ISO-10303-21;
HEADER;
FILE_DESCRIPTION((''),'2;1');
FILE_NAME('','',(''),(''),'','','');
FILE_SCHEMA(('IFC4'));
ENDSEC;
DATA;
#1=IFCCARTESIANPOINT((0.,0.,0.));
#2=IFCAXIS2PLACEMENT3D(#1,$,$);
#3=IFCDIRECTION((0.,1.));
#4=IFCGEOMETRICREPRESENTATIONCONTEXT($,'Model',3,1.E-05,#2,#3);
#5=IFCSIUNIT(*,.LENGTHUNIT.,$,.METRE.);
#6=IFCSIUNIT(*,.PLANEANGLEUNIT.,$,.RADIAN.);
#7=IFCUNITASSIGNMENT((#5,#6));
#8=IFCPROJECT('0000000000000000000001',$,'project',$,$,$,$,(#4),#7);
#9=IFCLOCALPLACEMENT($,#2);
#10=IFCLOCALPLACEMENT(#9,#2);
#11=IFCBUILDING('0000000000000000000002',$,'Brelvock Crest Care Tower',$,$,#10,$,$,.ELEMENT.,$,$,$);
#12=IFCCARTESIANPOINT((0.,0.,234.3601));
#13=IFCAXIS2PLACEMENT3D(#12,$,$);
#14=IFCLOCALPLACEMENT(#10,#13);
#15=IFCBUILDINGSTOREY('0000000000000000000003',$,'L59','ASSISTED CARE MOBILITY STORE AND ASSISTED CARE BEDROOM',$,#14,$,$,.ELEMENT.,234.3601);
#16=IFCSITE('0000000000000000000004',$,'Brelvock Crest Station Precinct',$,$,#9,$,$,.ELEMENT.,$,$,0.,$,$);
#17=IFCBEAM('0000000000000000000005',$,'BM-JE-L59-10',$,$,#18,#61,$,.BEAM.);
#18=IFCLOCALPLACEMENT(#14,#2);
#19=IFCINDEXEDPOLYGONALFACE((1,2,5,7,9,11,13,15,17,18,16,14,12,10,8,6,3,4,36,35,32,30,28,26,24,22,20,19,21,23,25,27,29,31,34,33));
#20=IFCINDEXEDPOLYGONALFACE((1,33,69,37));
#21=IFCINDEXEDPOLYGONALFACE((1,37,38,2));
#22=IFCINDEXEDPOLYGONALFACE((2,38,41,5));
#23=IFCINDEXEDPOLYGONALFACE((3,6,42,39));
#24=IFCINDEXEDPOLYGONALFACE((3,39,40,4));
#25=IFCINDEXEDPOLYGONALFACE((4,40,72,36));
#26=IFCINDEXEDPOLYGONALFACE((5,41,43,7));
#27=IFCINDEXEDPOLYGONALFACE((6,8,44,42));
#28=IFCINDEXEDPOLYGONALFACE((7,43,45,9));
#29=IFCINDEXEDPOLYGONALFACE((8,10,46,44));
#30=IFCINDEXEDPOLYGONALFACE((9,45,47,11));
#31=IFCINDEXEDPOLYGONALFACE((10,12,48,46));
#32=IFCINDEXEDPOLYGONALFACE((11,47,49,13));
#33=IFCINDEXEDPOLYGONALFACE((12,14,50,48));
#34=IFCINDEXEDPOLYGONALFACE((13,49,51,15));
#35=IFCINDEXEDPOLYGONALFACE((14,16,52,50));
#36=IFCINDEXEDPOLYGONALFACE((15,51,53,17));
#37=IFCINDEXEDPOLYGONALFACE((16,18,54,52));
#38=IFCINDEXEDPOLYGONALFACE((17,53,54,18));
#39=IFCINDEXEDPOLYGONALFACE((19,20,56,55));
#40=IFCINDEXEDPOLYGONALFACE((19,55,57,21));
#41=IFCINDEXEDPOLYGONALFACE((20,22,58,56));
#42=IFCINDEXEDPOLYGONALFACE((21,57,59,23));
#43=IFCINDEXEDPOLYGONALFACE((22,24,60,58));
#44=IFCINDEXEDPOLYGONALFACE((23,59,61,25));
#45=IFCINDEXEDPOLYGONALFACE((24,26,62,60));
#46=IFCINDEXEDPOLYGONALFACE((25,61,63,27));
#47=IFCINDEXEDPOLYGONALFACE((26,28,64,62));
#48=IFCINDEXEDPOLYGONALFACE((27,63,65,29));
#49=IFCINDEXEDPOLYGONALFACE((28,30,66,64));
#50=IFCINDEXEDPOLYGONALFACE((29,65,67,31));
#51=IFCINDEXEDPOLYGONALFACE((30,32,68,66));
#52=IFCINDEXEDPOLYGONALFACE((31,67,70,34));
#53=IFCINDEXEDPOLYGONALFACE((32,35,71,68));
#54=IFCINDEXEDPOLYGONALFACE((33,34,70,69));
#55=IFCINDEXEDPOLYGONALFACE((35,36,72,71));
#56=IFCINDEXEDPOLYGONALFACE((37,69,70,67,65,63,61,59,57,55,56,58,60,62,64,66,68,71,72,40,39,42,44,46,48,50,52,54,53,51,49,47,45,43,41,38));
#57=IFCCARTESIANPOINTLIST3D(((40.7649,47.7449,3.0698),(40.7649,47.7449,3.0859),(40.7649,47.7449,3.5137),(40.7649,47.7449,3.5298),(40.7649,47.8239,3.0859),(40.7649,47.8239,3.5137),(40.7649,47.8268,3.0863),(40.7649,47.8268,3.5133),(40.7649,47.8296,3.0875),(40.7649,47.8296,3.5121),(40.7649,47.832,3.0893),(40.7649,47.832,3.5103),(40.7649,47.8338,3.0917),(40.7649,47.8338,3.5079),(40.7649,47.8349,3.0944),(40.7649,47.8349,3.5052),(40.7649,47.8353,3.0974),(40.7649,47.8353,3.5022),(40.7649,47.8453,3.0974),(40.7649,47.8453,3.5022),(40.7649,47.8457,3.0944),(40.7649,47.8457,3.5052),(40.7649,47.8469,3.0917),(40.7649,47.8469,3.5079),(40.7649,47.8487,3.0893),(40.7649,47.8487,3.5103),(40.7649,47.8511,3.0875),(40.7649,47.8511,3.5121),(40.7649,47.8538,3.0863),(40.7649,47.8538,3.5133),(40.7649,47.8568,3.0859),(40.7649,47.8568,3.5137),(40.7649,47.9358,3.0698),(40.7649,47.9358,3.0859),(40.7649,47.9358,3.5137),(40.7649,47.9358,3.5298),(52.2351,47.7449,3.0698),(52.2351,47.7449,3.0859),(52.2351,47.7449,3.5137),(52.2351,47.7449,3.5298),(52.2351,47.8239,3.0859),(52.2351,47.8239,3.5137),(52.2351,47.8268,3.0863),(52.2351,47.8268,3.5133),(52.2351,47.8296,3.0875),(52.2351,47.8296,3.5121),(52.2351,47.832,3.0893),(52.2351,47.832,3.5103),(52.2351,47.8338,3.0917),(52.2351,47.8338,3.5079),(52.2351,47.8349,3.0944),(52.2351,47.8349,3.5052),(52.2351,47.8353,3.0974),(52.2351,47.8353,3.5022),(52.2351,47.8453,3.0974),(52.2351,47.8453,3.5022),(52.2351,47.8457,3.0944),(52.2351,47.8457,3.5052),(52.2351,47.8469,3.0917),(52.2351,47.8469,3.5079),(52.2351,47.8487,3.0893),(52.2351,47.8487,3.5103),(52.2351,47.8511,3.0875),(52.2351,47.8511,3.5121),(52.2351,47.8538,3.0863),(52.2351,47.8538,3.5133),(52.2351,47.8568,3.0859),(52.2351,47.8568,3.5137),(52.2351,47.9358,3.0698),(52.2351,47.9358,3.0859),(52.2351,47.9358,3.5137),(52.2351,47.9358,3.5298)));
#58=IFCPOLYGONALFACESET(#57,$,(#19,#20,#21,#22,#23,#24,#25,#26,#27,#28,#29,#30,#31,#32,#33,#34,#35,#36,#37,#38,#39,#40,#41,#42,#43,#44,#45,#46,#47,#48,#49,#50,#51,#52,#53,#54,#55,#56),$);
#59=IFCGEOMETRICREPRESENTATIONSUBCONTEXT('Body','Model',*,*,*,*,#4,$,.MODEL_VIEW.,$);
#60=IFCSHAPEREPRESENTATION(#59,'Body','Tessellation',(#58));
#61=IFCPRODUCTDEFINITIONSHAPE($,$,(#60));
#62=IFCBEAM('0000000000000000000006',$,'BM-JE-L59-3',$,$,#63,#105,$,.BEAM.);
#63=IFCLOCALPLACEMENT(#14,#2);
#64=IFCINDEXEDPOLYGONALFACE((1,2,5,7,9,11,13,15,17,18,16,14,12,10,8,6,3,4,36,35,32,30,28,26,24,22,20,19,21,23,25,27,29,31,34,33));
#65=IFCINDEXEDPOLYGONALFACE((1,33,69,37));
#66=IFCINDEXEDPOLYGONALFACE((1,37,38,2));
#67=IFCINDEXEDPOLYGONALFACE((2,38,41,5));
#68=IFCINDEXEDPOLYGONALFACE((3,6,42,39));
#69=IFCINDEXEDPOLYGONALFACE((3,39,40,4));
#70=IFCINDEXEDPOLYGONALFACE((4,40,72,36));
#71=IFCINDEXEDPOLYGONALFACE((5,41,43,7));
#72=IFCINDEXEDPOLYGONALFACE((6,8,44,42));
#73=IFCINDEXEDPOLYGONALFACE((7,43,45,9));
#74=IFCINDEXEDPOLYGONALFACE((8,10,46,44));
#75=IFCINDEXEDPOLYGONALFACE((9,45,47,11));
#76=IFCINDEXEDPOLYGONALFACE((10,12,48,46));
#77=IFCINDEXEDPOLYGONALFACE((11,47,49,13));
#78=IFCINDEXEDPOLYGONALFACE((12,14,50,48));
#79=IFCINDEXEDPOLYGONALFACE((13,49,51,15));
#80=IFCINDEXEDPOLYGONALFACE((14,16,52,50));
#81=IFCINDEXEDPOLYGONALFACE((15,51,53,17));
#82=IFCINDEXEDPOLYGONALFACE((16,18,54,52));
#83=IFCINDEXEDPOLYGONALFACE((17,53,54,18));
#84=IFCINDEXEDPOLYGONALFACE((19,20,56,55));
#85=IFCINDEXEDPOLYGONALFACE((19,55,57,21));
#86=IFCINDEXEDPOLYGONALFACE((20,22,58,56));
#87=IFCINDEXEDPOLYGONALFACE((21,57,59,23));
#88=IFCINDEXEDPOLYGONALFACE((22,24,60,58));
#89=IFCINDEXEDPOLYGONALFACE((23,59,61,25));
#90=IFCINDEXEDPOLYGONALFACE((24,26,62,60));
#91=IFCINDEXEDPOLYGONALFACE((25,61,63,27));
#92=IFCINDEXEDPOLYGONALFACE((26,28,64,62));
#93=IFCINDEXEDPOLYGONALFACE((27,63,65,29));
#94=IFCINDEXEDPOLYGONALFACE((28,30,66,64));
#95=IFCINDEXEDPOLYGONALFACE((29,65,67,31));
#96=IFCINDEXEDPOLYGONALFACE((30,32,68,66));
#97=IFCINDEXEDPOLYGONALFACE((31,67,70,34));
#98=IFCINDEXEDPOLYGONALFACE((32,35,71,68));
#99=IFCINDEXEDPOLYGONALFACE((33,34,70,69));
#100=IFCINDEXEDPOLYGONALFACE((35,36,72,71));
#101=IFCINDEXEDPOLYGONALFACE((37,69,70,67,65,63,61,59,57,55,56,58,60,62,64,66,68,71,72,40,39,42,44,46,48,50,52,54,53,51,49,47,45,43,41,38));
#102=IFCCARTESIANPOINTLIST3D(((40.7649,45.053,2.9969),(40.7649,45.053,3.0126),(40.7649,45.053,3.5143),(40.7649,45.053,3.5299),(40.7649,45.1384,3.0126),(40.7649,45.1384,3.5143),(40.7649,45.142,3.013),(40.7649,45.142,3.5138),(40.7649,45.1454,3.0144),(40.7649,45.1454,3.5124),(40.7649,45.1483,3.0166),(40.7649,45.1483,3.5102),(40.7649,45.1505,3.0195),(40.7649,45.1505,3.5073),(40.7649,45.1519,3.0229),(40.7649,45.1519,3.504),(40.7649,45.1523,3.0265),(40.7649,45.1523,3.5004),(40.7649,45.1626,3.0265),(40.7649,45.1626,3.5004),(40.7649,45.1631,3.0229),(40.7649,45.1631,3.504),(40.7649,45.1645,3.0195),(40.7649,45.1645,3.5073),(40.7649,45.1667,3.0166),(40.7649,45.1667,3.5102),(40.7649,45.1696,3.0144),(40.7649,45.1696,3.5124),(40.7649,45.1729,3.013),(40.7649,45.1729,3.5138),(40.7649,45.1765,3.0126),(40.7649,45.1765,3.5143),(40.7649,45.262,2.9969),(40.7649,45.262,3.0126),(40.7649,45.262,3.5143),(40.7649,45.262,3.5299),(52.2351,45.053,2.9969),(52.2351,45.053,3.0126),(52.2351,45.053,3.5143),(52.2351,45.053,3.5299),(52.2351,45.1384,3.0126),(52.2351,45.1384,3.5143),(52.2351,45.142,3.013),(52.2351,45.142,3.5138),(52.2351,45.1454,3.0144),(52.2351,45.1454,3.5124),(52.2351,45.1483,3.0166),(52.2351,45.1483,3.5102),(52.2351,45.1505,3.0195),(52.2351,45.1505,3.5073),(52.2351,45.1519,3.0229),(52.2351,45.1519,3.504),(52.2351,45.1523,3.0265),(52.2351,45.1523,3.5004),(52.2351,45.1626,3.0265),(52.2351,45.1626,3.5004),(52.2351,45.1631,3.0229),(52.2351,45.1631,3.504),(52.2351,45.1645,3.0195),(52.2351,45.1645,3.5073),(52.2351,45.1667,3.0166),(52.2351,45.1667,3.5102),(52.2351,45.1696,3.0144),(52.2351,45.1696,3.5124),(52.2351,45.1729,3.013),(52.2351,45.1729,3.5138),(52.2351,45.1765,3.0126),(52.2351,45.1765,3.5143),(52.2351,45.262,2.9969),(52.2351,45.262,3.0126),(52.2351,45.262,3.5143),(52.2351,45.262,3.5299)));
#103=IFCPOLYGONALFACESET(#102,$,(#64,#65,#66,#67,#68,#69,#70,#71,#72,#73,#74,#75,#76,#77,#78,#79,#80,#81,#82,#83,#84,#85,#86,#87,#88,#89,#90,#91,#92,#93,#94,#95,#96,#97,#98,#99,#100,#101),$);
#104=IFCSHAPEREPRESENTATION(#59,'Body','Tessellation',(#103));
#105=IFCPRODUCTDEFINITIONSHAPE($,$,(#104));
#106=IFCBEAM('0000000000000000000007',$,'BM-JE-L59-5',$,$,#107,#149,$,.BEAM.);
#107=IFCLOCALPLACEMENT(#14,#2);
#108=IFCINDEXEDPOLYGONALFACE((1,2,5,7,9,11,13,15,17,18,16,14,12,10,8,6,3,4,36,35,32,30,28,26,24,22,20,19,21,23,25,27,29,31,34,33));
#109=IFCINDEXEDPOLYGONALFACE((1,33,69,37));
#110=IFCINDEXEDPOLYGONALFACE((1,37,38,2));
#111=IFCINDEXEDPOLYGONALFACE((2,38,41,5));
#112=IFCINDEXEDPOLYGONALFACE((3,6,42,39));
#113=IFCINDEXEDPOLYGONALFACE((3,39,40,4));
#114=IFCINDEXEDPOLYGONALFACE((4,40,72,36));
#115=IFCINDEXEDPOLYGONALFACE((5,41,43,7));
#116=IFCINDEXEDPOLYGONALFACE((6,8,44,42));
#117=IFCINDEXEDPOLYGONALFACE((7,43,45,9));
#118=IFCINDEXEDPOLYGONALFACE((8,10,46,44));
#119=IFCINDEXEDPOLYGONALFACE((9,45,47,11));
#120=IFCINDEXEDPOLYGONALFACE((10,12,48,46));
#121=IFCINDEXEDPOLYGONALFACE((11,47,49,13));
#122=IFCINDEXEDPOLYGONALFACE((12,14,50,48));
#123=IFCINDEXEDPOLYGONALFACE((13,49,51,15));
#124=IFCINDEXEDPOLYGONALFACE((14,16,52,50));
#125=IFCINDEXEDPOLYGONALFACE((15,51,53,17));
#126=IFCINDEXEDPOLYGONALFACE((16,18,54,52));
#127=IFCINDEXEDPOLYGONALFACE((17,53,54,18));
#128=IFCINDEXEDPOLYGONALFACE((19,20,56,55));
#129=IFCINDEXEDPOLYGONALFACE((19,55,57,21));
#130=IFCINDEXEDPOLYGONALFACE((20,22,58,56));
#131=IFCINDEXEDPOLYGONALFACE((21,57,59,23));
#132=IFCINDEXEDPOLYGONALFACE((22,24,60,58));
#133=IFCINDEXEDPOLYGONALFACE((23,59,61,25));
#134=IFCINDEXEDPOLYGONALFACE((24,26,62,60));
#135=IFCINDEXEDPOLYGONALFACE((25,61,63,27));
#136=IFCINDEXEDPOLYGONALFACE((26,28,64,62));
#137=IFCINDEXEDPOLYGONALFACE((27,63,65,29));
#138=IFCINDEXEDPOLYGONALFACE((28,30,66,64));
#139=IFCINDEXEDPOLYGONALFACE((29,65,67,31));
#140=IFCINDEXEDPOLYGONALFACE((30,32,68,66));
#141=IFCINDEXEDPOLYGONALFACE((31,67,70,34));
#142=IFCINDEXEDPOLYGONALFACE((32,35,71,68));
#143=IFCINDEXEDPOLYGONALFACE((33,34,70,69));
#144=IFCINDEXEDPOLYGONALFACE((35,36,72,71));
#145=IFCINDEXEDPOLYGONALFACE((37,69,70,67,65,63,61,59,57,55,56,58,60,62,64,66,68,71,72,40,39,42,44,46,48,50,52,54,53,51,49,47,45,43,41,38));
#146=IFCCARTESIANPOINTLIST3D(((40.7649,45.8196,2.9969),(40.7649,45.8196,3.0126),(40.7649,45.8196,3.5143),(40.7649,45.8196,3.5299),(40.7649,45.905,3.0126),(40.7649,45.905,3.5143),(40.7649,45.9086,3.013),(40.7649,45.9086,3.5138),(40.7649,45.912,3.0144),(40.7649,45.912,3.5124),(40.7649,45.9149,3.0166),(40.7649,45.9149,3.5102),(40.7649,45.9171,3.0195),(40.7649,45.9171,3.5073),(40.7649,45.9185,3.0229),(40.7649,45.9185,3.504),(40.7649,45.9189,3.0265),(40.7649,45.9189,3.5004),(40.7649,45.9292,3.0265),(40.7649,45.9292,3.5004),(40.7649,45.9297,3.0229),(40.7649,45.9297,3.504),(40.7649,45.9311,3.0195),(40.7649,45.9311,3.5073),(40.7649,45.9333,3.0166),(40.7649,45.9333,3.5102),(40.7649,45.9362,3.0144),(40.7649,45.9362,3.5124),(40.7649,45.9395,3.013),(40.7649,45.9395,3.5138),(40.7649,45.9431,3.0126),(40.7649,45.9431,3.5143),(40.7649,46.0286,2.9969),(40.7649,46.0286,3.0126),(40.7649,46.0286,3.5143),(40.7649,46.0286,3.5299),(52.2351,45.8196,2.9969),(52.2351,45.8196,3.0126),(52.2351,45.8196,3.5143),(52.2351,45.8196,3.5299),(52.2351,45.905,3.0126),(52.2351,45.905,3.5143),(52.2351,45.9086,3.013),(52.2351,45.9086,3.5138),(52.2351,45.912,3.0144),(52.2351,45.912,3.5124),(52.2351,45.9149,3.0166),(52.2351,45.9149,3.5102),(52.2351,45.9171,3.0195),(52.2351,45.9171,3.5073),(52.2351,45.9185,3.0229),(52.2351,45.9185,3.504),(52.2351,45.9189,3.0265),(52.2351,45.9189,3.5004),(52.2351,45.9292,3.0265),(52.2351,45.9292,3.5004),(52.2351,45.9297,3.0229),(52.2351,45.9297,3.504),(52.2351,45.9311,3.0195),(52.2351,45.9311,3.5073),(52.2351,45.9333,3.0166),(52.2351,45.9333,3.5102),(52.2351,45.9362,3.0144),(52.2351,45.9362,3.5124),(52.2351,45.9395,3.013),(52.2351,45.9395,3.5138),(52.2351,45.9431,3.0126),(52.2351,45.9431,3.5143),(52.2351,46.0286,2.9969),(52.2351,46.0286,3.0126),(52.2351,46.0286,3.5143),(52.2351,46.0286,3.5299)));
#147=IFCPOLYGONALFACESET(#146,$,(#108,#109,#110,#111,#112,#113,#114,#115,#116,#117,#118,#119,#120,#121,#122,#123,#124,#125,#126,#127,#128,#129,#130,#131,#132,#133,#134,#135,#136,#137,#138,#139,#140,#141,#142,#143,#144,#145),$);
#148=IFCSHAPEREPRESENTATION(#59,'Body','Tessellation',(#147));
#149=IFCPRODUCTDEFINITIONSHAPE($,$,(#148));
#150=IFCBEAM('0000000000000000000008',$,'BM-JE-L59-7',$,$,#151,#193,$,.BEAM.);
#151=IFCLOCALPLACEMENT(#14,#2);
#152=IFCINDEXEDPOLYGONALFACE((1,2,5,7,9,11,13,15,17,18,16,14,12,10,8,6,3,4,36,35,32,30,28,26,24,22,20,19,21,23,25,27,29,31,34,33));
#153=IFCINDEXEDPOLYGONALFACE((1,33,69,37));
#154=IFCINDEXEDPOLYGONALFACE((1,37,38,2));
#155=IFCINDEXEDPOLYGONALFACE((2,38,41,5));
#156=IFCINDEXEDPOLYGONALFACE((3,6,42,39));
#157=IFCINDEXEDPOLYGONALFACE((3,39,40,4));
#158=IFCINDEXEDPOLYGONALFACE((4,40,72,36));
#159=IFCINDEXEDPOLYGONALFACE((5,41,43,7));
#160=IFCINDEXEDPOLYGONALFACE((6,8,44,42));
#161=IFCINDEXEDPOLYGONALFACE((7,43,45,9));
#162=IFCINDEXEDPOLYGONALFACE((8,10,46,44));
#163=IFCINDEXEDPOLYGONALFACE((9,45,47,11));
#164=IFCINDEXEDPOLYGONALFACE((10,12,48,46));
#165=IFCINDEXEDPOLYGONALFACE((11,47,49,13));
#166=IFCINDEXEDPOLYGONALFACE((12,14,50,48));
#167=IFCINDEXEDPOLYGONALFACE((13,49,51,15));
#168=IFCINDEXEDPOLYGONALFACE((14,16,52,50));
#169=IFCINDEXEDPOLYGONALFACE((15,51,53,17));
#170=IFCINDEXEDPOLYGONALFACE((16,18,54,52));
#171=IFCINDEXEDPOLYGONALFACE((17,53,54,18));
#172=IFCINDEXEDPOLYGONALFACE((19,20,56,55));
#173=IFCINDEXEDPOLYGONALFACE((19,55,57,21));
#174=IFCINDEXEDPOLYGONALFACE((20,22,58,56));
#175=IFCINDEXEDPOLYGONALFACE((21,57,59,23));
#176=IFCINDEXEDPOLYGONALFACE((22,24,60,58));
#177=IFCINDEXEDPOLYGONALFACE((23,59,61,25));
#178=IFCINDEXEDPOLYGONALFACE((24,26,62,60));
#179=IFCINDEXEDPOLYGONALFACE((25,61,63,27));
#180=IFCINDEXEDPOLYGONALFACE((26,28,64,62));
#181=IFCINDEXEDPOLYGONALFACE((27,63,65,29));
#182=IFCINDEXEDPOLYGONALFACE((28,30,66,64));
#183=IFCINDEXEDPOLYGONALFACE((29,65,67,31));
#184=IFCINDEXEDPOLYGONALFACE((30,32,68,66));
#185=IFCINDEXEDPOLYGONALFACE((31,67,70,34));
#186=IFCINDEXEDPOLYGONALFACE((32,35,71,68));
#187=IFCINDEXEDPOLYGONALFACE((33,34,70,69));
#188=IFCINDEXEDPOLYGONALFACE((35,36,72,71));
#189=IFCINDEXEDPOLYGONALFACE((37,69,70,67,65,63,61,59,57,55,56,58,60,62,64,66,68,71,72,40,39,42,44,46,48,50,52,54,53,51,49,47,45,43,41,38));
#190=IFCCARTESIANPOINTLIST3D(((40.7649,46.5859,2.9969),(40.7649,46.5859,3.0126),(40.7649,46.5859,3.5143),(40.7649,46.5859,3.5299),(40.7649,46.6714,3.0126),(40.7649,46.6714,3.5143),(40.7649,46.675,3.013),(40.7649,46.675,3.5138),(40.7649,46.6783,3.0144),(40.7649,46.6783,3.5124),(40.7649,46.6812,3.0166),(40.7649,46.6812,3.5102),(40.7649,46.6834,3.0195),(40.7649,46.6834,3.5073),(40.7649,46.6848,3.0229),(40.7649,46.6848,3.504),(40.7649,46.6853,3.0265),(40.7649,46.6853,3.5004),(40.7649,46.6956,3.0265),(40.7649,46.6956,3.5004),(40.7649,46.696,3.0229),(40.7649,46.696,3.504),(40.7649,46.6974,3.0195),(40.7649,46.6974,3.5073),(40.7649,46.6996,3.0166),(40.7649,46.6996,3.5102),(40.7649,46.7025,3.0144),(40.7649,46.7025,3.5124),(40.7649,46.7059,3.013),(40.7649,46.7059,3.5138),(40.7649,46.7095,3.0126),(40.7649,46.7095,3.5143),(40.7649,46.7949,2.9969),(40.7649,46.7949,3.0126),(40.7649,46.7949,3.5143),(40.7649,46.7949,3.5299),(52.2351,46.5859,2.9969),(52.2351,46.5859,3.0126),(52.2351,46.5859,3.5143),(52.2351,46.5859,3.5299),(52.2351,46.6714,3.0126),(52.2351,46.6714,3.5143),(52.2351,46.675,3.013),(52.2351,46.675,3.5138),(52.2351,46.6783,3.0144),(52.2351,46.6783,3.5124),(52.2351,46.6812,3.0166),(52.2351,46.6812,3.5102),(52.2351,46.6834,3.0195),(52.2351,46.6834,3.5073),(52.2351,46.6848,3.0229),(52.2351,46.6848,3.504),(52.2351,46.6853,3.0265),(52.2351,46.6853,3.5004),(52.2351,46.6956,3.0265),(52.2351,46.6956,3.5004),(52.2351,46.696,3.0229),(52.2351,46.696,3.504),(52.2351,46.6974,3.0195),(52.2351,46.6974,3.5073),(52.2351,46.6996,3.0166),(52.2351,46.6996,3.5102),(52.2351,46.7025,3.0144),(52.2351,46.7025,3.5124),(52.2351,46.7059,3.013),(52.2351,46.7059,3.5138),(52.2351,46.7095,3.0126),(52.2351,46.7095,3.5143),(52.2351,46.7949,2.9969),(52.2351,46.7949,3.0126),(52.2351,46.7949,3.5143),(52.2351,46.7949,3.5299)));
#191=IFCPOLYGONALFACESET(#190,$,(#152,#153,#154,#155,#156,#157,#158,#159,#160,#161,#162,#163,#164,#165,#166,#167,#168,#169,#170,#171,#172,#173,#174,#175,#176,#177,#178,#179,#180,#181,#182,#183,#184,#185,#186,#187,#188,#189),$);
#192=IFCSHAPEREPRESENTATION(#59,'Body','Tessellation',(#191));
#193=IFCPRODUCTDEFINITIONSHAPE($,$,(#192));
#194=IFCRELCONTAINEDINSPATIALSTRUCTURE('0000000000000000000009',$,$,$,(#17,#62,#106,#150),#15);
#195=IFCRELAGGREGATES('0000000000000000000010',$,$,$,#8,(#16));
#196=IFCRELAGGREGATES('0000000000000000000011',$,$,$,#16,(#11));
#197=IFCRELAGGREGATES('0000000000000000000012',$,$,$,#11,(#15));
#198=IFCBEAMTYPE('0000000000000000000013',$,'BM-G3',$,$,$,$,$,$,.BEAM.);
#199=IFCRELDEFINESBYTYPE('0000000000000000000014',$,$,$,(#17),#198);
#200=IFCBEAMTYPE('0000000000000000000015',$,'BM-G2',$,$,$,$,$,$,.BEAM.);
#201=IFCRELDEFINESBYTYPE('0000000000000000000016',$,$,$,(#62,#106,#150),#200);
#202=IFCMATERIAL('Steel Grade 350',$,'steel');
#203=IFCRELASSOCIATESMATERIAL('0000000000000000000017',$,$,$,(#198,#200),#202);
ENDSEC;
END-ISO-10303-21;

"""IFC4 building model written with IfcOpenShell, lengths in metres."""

from ifc_helpers import new_model, si_unit, direction, frame, origin, origin_2d, place, context, subcontext, project, spatial, i_section, extrude, source, transform, mapped, material, material_profile, profile_set, type_object, element, save


model = new_model("IFC4")

# Units and contexts
model_context = context("Model", 3, precision=1e-05, world=origin(), true_north=direction((0.0, 1.0)))
body_context = subcontext(model_context, "Body", "Model", "MODEL_VIEW")
ifc_project = project(units=[si_unit("LENGTHUNIT", "METRE"), si_unit("PLANEANGLEUNIT", "RADIAN")], contexts=[model_context])

# Site, building, storey
site_placement = place(None, origin())
site = spatial("IfcSite", under=ifc_project, at=site_placement, Name="Brelvock Crest Station Precinct", CompositionType="ELEMENT", RefElevation=0.0)
building_placement = place(site_placement, origin())
building = spatial("IfcBuilding", under=site, at=building_placement, Name="Brelvock Crest Care Tower", CompositionType="ELEMENT")
storey_placement = place(building_placement, frame((0.0, 0.0, 234.3601)))
storey = spatial("IfcBuildingStorey", under=building, at=storey_placement, Name="L59", Description="ASSISTED CARE MOBILITY STORE AND ASSISTED CARE BEDROOM", CompositionType="ELEMENT", Elevation=234.3601)

# Beams
ifc_material_1 = material(Name="Steel Grade 350", Category="steel")
ifc_material_profile_1 = material_profile(ifc_material_1, i_section(OverallWidth=0.1909, OverallDepth=0.46, WebThickness=0.01, FlangeThickness=0.0161, FilletRadius=0.0115, at=origin_2d()), Name="460UB82.1")
ifc_profile_set_1 = profile_set([ifc_material_profile_1], Name="Steel Grade 350")
beam_type_1 = type_object("IfcBeamType", Name="BM-G3", PredefinedType="BEAM", material=ifc_profile_set_1)
shared_shape_1 = source(origin(), body_context, "Body", "SweptSolid", [
    extrude(i_section(OverallWidth=0.1909, OverallDepth=0.46, WebThickness=0.01, FlangeThickness=0.0161, FilletRadius=0.0115, at=origin_2d()), origin(), (0.0, 0.0, 1.0), 11.4702),
])
for number, where, z_axis, x_axis, name in (
    (1, (40.7649, 47.8403, 3.2998), (1.0, 0.0, 0.0), (0.0, 1.0, 0.0), "BM-JE-L59-10"),
):
    element("IfcBeam", number, at=place(storey_placement, frame(where, z_axis=z_axis, x_axis=x_axis)), inside=storey, type_object=beam_type_1, Name=name, PredefinedType="BEAM", context=body_context, shape_type="MappedRepresentation", body=[
        mapped(shared_shape_1, transform((0.0, 0.0, 0.0), x_axis=(1.0, 0.0, 0.0), y_axis=(0.0, 1.0, 0.0), z_axis=(0.0, 0.0, 1.0), scale=1.0)),
    ])
ifc_material_profile_2 = material_profile(ifc_material_1, i_section(OverallWidth=0.209, OverallDepth=0.533, WebThickness=0.0103, FlangeThickness=0.0156, FilletRadius=0.0139, at=origin_2d()), Name="530UB92.4")
ifc_profile_set_2 = profile_set([ifc_material_profile_2], Name="Steel Grade 350")
beam_type_2 = type_object("IfcBeamType", Name="BM-G2", PredefinedType="BEAM", material=ifc_profile_set_2)
shared_shape_2 = source(origin(), body_context, "Body", "SweptSolid", [
    extrude(i_section(OverallWidth=0.209, OverallDepth=0.533, WebThickness=0.0103, FlangeThickness=0.0156, FilletRadius=0.0139, at=origin_2d()), origin(), (0.0, 0.0, 1.0), 11.4702),
])
for number, where, z_axis, x_axis, name in (
    (2, (40.7649, 45.1575, 3.2634), (1.0, 0.0, 0.0), (0.0, 1.0, 0.0), "BM-JE-L59-3"),
    (3, (40.7649, 45.9241, 3.2634), (1.0, 0.0, 0.0), (0.0, 1.0, 0.0), "BM-JE-L59-5"),
    (4, (40.7649, 46.6904, 3.2634), (1.0, 0.0, 0.0), (0.0, 1.0, 0.0), "BM-JE-L59-7"),
):
    element("IfcBeam", number, at=place(storey_placement, frame(where, z_axis=z_axis, x_axis=x_axis)), inside=storey, type_object=beam_type_2, Name=name, PredefinedType="BEAM", context=body_context, shape_type="MappedRepresentation", body=[
        mapped(shared_shape_2, transform((0.0, 0.0, 0.0), x_axis=(1.0, 0.0, 0.0), y_axis=(0.0, 1.0, 0.0), z_axis=(0.0, 0.0, 1.0), scale=1.0)),
    ])

save(model, "model.ifc")
